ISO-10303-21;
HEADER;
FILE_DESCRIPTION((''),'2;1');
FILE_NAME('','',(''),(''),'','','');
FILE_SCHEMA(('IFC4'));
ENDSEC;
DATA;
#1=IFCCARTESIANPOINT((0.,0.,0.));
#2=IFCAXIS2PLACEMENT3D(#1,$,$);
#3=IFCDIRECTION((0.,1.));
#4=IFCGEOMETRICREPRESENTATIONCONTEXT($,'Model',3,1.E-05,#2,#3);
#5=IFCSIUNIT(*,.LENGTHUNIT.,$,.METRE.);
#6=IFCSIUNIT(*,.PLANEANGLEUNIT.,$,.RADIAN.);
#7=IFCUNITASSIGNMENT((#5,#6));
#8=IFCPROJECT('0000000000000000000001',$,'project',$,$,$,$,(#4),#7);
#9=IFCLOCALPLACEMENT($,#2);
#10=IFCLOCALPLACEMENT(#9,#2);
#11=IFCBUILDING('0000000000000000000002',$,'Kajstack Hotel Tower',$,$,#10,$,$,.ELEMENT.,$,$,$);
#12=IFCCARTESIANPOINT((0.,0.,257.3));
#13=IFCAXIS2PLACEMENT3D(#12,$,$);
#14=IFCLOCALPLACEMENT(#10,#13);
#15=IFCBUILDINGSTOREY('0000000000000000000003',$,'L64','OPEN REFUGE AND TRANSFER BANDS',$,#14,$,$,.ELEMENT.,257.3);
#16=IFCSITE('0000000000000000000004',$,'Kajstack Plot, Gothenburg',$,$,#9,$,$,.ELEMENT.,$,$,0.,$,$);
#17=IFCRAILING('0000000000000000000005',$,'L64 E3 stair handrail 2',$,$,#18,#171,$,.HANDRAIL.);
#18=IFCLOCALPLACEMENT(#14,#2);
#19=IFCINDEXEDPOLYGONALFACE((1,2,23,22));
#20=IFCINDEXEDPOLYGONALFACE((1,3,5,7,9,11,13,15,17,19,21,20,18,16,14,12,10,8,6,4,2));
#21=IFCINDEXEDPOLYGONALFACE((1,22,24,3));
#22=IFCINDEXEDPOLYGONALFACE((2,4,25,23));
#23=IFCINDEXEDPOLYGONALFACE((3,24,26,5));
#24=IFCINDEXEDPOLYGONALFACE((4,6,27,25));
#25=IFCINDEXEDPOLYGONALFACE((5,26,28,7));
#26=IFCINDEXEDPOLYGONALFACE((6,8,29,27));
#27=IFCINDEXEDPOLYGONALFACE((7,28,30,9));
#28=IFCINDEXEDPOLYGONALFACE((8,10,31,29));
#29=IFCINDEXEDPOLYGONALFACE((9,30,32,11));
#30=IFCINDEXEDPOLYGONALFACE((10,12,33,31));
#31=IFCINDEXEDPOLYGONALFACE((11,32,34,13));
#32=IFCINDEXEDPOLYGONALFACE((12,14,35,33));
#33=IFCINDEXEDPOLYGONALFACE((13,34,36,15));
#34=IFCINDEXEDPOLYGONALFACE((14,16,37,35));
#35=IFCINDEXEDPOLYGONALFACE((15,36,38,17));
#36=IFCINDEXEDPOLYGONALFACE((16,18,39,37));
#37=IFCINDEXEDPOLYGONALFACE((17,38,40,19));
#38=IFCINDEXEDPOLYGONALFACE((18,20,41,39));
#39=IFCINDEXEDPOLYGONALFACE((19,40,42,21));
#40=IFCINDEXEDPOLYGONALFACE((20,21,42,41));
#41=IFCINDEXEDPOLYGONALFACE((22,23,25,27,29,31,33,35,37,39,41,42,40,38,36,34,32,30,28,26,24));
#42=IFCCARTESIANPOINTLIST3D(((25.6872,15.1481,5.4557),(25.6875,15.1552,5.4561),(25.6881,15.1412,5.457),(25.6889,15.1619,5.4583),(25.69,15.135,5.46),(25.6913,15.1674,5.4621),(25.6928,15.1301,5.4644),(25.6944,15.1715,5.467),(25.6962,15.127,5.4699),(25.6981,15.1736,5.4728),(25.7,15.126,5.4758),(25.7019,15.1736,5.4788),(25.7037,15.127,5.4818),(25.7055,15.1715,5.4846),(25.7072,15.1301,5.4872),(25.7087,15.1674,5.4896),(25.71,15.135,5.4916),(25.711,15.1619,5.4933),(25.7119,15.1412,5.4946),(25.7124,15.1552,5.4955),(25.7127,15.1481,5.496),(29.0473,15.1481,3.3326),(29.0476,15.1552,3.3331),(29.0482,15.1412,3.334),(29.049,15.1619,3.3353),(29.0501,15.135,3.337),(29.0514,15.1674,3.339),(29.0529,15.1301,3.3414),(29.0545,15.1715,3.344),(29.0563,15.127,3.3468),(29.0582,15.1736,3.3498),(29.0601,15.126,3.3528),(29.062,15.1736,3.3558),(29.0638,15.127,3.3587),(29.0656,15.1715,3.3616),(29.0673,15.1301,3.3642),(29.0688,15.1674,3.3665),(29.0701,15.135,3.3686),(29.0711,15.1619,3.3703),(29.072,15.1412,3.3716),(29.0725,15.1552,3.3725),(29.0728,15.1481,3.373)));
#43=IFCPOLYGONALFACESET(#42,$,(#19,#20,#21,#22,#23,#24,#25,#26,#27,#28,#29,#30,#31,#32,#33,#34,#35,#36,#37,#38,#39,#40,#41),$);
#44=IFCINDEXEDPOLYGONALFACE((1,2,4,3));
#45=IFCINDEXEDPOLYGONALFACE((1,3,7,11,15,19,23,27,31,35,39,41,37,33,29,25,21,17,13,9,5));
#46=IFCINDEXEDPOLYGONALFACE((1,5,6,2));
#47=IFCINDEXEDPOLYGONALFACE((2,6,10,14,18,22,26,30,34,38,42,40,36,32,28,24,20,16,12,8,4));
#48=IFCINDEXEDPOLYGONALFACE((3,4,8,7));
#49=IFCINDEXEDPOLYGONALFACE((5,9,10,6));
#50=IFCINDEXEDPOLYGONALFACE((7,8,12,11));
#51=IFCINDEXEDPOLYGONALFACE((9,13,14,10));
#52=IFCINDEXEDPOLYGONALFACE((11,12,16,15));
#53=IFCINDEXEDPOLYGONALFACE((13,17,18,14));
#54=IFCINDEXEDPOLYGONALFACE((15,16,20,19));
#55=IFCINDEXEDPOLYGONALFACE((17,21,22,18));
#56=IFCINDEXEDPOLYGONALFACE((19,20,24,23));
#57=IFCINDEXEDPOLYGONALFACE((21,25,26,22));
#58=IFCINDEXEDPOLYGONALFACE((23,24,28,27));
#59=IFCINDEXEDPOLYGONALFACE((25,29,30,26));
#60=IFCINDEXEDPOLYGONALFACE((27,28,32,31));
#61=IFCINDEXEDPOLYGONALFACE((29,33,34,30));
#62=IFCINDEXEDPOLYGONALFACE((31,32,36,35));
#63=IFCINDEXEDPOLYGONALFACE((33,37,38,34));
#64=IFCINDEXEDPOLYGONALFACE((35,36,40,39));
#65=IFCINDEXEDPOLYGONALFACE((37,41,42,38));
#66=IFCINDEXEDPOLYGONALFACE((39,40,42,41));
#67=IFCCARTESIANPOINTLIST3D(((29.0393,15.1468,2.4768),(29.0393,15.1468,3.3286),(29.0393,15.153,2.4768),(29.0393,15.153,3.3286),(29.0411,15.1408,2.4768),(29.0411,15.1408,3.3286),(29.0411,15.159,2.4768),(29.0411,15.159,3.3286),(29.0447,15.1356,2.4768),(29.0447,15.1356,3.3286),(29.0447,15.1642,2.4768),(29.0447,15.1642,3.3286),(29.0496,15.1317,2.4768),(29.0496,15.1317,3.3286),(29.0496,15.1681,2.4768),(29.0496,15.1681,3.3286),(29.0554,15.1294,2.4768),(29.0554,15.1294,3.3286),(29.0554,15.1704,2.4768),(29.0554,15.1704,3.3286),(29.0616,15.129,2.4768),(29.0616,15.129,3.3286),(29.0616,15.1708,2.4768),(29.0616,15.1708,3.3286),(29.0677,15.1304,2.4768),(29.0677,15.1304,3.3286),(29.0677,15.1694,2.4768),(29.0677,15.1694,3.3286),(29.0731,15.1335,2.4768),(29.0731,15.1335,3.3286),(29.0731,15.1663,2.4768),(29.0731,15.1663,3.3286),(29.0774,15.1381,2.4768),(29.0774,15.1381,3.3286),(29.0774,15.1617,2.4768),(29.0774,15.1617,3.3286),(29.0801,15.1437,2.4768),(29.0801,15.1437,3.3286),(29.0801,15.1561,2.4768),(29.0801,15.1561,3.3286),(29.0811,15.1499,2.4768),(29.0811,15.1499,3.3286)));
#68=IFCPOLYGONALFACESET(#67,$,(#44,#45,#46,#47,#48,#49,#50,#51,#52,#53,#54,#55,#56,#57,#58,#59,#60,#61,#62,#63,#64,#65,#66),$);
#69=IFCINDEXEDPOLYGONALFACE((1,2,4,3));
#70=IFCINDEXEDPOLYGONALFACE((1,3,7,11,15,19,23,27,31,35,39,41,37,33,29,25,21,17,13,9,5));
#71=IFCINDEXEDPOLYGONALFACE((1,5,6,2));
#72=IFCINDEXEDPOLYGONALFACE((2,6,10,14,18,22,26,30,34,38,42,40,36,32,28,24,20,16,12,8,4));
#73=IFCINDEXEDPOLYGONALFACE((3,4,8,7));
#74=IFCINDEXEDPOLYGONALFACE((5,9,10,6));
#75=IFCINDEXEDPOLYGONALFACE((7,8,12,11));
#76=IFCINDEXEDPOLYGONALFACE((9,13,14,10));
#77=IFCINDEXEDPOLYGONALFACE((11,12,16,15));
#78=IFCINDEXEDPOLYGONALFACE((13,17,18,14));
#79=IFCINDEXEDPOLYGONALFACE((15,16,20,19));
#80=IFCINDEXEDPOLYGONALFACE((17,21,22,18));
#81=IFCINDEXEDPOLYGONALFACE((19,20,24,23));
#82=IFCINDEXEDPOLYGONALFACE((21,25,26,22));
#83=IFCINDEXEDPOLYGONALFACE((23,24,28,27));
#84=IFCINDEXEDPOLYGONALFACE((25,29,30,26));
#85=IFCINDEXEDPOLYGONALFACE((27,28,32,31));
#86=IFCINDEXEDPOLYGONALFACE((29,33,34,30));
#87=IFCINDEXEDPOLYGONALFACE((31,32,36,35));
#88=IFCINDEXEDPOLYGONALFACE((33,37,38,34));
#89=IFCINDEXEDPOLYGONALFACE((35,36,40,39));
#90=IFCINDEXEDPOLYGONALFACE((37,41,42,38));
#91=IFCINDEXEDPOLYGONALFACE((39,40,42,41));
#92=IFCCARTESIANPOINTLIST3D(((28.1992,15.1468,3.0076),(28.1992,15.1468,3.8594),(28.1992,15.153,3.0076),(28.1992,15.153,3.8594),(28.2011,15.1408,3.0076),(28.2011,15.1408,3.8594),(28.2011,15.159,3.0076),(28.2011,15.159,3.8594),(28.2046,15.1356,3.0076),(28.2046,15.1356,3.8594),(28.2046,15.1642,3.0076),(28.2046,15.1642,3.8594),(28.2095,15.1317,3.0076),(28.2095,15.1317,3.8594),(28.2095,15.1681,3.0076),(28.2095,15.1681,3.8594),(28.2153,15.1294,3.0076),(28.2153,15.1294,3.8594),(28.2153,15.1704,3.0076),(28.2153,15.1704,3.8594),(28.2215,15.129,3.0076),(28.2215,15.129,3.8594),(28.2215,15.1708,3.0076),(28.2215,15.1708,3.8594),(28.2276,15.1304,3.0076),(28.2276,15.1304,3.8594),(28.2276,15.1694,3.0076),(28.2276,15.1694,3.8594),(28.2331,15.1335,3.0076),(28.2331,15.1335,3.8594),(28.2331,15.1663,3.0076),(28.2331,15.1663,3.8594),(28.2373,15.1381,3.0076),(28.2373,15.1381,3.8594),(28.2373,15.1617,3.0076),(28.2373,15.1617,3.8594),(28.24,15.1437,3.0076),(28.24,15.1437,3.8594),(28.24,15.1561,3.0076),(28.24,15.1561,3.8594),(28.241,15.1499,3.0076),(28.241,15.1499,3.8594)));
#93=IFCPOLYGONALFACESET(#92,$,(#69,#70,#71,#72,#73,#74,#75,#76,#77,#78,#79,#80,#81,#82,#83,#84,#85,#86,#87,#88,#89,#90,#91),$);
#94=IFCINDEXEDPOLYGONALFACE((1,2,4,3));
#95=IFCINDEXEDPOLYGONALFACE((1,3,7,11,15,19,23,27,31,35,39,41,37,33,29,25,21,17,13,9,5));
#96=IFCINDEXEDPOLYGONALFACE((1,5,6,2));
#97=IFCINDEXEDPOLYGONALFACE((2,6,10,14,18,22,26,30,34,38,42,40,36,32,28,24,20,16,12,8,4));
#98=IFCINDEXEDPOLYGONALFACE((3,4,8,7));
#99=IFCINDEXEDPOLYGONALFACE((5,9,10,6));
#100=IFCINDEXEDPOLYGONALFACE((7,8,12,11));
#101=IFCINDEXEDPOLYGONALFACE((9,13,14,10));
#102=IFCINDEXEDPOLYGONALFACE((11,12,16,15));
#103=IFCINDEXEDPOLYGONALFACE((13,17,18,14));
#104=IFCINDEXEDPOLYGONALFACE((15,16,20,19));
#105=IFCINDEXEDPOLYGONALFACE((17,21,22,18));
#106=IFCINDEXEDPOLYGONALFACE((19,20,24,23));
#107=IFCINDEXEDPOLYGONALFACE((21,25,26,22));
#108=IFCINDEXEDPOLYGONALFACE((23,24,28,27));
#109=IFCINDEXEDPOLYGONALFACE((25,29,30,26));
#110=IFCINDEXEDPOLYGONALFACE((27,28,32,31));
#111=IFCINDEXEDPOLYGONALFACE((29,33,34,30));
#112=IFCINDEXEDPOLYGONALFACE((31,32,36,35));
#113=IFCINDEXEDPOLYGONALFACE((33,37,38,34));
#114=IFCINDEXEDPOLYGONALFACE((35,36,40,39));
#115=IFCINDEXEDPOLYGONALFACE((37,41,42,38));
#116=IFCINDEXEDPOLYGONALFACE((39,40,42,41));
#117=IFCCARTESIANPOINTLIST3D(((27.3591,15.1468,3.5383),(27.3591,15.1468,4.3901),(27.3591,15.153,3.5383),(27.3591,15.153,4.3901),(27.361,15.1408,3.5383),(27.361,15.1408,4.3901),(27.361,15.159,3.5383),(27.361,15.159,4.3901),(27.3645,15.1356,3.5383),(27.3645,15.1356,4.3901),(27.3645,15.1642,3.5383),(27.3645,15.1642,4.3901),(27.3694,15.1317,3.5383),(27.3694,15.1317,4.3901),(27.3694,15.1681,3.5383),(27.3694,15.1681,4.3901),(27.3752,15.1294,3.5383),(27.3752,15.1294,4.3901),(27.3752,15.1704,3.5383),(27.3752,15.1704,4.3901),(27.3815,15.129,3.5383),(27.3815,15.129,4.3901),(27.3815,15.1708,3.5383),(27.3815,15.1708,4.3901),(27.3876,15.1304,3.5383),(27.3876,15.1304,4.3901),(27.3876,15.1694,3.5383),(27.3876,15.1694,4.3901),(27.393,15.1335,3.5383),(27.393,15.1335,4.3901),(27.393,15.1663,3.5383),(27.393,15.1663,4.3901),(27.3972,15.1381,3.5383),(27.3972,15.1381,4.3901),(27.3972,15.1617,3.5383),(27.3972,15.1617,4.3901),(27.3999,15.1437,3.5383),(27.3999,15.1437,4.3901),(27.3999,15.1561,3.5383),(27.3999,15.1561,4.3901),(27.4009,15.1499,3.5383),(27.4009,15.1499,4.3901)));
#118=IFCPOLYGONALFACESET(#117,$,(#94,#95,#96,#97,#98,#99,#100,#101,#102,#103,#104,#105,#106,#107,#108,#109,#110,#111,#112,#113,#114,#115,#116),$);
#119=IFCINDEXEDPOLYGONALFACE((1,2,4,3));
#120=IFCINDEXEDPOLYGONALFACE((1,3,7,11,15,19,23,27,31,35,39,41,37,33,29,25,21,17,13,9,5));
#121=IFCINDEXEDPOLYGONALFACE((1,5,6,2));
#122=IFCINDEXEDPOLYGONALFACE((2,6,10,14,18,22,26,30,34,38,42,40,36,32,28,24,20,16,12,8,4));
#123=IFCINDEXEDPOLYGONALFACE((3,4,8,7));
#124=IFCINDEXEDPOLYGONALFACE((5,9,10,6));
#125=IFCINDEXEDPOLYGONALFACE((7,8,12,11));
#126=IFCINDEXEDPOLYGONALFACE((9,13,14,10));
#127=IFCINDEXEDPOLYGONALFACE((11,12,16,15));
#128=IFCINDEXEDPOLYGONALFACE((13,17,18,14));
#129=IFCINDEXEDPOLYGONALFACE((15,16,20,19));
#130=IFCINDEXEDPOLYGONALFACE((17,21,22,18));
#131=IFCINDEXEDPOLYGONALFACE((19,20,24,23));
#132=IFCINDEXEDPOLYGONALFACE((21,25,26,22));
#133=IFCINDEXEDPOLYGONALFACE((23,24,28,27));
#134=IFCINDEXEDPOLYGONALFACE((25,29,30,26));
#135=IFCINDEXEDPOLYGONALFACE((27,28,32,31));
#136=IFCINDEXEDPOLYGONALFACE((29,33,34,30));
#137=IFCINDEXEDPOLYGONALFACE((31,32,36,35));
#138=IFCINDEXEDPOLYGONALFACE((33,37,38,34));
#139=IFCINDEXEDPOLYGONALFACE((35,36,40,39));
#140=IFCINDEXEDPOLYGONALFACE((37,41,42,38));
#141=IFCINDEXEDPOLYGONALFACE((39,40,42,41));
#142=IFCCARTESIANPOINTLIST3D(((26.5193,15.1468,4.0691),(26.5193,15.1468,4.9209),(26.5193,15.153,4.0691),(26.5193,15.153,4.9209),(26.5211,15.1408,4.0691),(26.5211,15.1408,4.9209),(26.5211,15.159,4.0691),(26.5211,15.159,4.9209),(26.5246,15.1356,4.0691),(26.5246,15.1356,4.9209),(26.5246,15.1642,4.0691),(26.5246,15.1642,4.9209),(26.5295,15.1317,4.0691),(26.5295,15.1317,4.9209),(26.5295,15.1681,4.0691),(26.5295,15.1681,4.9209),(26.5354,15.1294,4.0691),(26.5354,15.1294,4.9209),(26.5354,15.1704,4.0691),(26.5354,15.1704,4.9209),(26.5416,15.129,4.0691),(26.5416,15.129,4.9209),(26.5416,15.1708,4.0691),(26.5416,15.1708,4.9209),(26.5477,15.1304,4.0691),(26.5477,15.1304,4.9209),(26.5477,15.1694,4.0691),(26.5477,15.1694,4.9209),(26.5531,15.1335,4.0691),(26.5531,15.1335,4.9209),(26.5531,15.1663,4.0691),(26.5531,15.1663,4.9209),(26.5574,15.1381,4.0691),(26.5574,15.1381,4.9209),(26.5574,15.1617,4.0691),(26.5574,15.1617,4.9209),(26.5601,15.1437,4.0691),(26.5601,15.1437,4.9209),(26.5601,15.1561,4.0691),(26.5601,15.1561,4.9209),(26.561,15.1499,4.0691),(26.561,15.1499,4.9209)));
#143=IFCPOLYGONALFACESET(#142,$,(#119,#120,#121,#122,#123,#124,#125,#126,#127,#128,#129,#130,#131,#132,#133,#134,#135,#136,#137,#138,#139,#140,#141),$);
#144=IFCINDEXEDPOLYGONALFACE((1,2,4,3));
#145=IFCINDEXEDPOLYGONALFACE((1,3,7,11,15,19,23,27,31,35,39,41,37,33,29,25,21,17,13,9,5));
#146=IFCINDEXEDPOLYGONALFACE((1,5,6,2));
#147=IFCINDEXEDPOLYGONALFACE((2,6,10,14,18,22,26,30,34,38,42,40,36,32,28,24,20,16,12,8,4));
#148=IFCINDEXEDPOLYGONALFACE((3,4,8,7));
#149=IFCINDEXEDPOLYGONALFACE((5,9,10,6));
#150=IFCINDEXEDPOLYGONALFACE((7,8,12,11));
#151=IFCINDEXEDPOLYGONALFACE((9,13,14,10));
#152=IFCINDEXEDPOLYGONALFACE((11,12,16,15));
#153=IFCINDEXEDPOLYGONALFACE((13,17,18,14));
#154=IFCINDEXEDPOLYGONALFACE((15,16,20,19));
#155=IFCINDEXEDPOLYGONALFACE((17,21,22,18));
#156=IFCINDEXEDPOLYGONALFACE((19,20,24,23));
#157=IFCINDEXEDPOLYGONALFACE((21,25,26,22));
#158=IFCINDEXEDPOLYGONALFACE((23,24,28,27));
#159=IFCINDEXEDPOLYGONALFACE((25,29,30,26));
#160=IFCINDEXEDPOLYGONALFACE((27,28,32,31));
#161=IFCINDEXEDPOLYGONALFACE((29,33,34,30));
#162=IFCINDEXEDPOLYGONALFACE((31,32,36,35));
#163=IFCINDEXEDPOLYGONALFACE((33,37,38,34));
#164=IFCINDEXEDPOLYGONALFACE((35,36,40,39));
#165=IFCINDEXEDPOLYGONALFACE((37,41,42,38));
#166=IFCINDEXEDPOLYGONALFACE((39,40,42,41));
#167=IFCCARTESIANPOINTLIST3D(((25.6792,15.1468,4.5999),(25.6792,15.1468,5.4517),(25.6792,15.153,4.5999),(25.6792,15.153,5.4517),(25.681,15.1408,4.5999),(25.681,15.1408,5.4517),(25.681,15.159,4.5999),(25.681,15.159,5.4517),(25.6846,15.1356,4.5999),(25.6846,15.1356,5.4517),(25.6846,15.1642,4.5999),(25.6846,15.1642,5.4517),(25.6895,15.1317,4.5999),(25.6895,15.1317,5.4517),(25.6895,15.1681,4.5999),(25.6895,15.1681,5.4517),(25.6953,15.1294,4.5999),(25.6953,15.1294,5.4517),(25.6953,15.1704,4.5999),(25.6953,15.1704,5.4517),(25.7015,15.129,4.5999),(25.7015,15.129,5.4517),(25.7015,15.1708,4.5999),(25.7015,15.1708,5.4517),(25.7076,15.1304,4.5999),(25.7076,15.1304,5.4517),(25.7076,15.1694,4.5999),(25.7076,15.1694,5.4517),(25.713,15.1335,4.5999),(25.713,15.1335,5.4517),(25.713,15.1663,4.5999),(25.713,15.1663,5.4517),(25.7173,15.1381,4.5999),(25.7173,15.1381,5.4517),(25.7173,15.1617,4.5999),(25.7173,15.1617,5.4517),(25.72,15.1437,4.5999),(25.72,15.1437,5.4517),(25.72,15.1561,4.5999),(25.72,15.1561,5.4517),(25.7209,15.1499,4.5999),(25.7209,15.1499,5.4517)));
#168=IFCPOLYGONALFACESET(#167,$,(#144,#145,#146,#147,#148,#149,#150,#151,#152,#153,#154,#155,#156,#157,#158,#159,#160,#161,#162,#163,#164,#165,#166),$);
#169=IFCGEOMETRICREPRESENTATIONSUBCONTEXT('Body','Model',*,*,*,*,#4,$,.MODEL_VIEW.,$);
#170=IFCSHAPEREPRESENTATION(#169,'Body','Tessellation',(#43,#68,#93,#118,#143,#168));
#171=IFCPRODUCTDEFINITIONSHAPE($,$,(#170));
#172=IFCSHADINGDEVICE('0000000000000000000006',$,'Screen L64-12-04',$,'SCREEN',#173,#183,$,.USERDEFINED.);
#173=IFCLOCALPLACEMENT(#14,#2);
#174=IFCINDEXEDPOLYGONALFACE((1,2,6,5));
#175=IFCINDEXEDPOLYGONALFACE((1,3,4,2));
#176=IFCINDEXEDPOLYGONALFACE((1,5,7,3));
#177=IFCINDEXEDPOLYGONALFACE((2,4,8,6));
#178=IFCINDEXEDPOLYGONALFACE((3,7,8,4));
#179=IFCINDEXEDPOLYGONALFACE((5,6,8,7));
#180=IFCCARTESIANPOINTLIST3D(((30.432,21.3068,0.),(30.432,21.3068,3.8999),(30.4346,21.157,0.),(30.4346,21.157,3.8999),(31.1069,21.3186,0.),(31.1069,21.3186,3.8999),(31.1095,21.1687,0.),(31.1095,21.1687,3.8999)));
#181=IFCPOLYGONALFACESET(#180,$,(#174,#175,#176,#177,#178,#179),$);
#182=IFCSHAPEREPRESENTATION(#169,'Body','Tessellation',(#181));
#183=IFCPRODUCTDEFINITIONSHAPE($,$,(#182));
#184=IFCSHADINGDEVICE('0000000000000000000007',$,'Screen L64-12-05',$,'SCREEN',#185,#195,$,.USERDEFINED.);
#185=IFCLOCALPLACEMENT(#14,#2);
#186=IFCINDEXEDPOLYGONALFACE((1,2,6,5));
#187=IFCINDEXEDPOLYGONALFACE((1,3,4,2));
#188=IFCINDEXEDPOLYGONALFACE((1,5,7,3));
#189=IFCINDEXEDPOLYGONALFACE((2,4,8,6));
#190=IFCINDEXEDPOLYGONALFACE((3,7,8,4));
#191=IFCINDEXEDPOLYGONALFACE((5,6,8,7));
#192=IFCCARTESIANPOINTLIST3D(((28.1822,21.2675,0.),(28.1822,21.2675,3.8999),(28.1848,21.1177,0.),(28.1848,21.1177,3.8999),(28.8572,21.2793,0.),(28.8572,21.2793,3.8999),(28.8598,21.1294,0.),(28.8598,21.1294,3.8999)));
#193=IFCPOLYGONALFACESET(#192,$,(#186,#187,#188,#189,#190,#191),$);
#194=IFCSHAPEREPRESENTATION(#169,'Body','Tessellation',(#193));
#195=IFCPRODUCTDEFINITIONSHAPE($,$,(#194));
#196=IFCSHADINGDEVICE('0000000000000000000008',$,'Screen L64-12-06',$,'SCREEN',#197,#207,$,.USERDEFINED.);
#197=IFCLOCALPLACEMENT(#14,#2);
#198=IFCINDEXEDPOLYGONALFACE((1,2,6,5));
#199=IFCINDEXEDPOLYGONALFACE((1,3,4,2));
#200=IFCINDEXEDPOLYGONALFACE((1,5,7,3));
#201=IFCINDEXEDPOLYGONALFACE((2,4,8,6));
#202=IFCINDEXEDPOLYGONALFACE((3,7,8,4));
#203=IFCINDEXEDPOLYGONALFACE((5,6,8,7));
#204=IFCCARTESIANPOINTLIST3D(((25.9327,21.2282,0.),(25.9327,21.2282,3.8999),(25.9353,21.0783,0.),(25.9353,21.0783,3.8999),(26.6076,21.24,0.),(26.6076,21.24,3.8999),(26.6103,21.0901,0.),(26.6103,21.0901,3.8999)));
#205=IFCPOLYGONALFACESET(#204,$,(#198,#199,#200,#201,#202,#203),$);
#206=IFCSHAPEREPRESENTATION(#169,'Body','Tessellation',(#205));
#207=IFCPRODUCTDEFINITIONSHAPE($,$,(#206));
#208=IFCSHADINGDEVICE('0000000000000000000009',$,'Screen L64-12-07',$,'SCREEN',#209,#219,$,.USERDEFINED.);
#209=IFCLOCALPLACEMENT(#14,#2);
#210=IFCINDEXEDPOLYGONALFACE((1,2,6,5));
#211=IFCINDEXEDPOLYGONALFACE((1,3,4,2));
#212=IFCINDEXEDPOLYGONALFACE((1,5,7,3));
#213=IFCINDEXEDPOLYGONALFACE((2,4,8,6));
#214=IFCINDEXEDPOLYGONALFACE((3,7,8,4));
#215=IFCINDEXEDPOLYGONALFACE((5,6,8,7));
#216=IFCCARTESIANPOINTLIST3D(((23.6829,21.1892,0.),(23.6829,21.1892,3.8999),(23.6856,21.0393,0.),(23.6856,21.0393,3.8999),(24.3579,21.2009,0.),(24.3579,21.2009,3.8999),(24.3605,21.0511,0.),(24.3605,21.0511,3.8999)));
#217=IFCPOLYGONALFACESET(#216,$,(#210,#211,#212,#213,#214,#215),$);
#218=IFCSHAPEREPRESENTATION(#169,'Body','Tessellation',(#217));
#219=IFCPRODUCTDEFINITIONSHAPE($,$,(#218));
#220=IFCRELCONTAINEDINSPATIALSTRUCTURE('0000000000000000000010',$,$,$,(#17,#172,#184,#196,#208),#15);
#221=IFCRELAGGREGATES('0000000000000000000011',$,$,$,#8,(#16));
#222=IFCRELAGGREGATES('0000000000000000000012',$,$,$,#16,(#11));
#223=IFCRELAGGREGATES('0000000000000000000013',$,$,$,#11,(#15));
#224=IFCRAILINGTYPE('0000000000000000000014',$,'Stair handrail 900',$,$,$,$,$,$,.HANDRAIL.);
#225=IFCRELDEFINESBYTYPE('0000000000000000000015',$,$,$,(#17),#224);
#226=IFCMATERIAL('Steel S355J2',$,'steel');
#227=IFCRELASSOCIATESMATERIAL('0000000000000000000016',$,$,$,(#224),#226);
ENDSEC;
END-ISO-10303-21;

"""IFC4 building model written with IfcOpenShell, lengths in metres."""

from ifc_helpers import new_model, si_unit, direction, frame, origin, origin_2d, place, context, subcontext, project, spatial, rectangle, circle, extrude, material, type_object, element, save


model = new_model("IFC4")

# Units and contexts
model_context = context("Model", 3, precision=1e-05, world=origin(), true_north=direction((0.0, 1.0)))
body_context = subcontext(model_context, "Body", "Model", "MODEL_VIEW")
ifc_project = project(units=[si_unit("LENGTHUNIT", "METRE"), si_unit("PLANEANGLEUNIT", "RADIAN")], contexts=[model_context])

# Site, building, storey
site_placement = place(None, origin())
site = spatial("IfcSite", under=ifc_project, at=site_placement, Name="Kajstack Plot, Gothenburg", CompositionType="ELEMENT", RefElevation=0.0)
building_placement = place(site_placement, origin())
building = spatial("IfcBuilding", under=site, at=building_placement, Name="Kajstack Hotel Tower", CompositionType="ELEMENT")
storey_placement = place(building_placement, frame((0.0, 0.0, 257.3)))
storey = spatial("IfcBuildingStorey", under=building, at=storey_placement, Name="L64", Description="OPEN REFUGE AND TRANSFER BANDS", CompositionType="ELEMENT", Elevation=257.3)

# Railing
ifc_material_1 = material(Name="Steel S355J2", Category="steel")
railing_type_1 = type_object("IfcRailingType", Name="Stair handrail 900", PredefinedType="HANDRAIL", material=ifc_material_1)
railing_1_placement = place(storey_placement, frame((29.0601, 15.1499, 2.4768)))
element("IfcRailing", 1, at=railing_1_placement, inside=storey, type_object=railing_type_1, Name="L64 E3 stair handrail 2", PredefinedType="HANDRAIL", context=body_context, shape_type="SweptSolid", body=[
    extrude(circle(Radius=0.0239, at=origin_2d()), frame((0.0, 0.0, 0.876), z_axis=(-0.84539, 0.0, 0.53415), x_axis=(0.0, -1.0, 0.0)), (0.0, 0.0, 1.0), 3.9746),
    extrude(circle(Radius=0.021, at=origin_2d()), origin(), (0.0, 0.0, 1.0), 0.8518),
    extrude(circle(Radius=0.021, at=origin_2d()), frame((-0.8401, 0.0, 0.5308)), (0.0, 0.0, 1.0), 0.8518),
    extrude(circle(Radius=0.021, at=origin_2d()), frame((-1.6802, 0.0, 1.0615)), (0.0, 0.0, 1.0), 0.8518),
    extrude(circle(Radius=0.021, at=origin_2d()), frame((-2.52, 0.0, 1.5923)), (0.0, 0.0, 1.0), 0.8518),
    extrude(circle(Radius=0.021, at=origin_2d()), frame((-3.3601, 0.0, 2.123)), (0.0, 0.0, 1.0), 0.8518),
])

# Shading devices
for number, where, z_axis, x_axis, name in (
    (2, (30.7708, 21.2378, 0.0), (0.0, 0.0, 1.0), (-0.999848, -0.017453, 0.0), "Screen L64-12-04"),
    (3, (28.521, 21.1985, 0.0), (0.0, 0.0, 1.0), (-0.999848, -0.017453, 0.0), "Screen L64-12-05"),
    (4, (26.2715, 21.1592, 0.0), (0.0, 0.0, 1.0), (-0.999848, -0.017453, 0.0), "Screen L64-12-06"),
    (5, (24.0217, 21.1201, 0.0), (0.0, 0.0, 1.0), (-0.999848, -0.017453, 0.0), "Screen L64-12-07"),
):
    element("IfcShadingDevice", number, at=place(storey_placement, frame(where, z_axis=z_axis, x_axis=x_axis)), inside=storey, Name=name, ObjectType="SCREEN", PredefinedType="USERDEFINED", context=body_context, shape_type="SweptSolid", body=[
        extrude(rectangle(XDim=0.675, YDim=0.1499, at=origin_2d()), origin(), (0.0, 0.0, 1.0), 3.8999),
    ])

save(model, "model.ifc")
